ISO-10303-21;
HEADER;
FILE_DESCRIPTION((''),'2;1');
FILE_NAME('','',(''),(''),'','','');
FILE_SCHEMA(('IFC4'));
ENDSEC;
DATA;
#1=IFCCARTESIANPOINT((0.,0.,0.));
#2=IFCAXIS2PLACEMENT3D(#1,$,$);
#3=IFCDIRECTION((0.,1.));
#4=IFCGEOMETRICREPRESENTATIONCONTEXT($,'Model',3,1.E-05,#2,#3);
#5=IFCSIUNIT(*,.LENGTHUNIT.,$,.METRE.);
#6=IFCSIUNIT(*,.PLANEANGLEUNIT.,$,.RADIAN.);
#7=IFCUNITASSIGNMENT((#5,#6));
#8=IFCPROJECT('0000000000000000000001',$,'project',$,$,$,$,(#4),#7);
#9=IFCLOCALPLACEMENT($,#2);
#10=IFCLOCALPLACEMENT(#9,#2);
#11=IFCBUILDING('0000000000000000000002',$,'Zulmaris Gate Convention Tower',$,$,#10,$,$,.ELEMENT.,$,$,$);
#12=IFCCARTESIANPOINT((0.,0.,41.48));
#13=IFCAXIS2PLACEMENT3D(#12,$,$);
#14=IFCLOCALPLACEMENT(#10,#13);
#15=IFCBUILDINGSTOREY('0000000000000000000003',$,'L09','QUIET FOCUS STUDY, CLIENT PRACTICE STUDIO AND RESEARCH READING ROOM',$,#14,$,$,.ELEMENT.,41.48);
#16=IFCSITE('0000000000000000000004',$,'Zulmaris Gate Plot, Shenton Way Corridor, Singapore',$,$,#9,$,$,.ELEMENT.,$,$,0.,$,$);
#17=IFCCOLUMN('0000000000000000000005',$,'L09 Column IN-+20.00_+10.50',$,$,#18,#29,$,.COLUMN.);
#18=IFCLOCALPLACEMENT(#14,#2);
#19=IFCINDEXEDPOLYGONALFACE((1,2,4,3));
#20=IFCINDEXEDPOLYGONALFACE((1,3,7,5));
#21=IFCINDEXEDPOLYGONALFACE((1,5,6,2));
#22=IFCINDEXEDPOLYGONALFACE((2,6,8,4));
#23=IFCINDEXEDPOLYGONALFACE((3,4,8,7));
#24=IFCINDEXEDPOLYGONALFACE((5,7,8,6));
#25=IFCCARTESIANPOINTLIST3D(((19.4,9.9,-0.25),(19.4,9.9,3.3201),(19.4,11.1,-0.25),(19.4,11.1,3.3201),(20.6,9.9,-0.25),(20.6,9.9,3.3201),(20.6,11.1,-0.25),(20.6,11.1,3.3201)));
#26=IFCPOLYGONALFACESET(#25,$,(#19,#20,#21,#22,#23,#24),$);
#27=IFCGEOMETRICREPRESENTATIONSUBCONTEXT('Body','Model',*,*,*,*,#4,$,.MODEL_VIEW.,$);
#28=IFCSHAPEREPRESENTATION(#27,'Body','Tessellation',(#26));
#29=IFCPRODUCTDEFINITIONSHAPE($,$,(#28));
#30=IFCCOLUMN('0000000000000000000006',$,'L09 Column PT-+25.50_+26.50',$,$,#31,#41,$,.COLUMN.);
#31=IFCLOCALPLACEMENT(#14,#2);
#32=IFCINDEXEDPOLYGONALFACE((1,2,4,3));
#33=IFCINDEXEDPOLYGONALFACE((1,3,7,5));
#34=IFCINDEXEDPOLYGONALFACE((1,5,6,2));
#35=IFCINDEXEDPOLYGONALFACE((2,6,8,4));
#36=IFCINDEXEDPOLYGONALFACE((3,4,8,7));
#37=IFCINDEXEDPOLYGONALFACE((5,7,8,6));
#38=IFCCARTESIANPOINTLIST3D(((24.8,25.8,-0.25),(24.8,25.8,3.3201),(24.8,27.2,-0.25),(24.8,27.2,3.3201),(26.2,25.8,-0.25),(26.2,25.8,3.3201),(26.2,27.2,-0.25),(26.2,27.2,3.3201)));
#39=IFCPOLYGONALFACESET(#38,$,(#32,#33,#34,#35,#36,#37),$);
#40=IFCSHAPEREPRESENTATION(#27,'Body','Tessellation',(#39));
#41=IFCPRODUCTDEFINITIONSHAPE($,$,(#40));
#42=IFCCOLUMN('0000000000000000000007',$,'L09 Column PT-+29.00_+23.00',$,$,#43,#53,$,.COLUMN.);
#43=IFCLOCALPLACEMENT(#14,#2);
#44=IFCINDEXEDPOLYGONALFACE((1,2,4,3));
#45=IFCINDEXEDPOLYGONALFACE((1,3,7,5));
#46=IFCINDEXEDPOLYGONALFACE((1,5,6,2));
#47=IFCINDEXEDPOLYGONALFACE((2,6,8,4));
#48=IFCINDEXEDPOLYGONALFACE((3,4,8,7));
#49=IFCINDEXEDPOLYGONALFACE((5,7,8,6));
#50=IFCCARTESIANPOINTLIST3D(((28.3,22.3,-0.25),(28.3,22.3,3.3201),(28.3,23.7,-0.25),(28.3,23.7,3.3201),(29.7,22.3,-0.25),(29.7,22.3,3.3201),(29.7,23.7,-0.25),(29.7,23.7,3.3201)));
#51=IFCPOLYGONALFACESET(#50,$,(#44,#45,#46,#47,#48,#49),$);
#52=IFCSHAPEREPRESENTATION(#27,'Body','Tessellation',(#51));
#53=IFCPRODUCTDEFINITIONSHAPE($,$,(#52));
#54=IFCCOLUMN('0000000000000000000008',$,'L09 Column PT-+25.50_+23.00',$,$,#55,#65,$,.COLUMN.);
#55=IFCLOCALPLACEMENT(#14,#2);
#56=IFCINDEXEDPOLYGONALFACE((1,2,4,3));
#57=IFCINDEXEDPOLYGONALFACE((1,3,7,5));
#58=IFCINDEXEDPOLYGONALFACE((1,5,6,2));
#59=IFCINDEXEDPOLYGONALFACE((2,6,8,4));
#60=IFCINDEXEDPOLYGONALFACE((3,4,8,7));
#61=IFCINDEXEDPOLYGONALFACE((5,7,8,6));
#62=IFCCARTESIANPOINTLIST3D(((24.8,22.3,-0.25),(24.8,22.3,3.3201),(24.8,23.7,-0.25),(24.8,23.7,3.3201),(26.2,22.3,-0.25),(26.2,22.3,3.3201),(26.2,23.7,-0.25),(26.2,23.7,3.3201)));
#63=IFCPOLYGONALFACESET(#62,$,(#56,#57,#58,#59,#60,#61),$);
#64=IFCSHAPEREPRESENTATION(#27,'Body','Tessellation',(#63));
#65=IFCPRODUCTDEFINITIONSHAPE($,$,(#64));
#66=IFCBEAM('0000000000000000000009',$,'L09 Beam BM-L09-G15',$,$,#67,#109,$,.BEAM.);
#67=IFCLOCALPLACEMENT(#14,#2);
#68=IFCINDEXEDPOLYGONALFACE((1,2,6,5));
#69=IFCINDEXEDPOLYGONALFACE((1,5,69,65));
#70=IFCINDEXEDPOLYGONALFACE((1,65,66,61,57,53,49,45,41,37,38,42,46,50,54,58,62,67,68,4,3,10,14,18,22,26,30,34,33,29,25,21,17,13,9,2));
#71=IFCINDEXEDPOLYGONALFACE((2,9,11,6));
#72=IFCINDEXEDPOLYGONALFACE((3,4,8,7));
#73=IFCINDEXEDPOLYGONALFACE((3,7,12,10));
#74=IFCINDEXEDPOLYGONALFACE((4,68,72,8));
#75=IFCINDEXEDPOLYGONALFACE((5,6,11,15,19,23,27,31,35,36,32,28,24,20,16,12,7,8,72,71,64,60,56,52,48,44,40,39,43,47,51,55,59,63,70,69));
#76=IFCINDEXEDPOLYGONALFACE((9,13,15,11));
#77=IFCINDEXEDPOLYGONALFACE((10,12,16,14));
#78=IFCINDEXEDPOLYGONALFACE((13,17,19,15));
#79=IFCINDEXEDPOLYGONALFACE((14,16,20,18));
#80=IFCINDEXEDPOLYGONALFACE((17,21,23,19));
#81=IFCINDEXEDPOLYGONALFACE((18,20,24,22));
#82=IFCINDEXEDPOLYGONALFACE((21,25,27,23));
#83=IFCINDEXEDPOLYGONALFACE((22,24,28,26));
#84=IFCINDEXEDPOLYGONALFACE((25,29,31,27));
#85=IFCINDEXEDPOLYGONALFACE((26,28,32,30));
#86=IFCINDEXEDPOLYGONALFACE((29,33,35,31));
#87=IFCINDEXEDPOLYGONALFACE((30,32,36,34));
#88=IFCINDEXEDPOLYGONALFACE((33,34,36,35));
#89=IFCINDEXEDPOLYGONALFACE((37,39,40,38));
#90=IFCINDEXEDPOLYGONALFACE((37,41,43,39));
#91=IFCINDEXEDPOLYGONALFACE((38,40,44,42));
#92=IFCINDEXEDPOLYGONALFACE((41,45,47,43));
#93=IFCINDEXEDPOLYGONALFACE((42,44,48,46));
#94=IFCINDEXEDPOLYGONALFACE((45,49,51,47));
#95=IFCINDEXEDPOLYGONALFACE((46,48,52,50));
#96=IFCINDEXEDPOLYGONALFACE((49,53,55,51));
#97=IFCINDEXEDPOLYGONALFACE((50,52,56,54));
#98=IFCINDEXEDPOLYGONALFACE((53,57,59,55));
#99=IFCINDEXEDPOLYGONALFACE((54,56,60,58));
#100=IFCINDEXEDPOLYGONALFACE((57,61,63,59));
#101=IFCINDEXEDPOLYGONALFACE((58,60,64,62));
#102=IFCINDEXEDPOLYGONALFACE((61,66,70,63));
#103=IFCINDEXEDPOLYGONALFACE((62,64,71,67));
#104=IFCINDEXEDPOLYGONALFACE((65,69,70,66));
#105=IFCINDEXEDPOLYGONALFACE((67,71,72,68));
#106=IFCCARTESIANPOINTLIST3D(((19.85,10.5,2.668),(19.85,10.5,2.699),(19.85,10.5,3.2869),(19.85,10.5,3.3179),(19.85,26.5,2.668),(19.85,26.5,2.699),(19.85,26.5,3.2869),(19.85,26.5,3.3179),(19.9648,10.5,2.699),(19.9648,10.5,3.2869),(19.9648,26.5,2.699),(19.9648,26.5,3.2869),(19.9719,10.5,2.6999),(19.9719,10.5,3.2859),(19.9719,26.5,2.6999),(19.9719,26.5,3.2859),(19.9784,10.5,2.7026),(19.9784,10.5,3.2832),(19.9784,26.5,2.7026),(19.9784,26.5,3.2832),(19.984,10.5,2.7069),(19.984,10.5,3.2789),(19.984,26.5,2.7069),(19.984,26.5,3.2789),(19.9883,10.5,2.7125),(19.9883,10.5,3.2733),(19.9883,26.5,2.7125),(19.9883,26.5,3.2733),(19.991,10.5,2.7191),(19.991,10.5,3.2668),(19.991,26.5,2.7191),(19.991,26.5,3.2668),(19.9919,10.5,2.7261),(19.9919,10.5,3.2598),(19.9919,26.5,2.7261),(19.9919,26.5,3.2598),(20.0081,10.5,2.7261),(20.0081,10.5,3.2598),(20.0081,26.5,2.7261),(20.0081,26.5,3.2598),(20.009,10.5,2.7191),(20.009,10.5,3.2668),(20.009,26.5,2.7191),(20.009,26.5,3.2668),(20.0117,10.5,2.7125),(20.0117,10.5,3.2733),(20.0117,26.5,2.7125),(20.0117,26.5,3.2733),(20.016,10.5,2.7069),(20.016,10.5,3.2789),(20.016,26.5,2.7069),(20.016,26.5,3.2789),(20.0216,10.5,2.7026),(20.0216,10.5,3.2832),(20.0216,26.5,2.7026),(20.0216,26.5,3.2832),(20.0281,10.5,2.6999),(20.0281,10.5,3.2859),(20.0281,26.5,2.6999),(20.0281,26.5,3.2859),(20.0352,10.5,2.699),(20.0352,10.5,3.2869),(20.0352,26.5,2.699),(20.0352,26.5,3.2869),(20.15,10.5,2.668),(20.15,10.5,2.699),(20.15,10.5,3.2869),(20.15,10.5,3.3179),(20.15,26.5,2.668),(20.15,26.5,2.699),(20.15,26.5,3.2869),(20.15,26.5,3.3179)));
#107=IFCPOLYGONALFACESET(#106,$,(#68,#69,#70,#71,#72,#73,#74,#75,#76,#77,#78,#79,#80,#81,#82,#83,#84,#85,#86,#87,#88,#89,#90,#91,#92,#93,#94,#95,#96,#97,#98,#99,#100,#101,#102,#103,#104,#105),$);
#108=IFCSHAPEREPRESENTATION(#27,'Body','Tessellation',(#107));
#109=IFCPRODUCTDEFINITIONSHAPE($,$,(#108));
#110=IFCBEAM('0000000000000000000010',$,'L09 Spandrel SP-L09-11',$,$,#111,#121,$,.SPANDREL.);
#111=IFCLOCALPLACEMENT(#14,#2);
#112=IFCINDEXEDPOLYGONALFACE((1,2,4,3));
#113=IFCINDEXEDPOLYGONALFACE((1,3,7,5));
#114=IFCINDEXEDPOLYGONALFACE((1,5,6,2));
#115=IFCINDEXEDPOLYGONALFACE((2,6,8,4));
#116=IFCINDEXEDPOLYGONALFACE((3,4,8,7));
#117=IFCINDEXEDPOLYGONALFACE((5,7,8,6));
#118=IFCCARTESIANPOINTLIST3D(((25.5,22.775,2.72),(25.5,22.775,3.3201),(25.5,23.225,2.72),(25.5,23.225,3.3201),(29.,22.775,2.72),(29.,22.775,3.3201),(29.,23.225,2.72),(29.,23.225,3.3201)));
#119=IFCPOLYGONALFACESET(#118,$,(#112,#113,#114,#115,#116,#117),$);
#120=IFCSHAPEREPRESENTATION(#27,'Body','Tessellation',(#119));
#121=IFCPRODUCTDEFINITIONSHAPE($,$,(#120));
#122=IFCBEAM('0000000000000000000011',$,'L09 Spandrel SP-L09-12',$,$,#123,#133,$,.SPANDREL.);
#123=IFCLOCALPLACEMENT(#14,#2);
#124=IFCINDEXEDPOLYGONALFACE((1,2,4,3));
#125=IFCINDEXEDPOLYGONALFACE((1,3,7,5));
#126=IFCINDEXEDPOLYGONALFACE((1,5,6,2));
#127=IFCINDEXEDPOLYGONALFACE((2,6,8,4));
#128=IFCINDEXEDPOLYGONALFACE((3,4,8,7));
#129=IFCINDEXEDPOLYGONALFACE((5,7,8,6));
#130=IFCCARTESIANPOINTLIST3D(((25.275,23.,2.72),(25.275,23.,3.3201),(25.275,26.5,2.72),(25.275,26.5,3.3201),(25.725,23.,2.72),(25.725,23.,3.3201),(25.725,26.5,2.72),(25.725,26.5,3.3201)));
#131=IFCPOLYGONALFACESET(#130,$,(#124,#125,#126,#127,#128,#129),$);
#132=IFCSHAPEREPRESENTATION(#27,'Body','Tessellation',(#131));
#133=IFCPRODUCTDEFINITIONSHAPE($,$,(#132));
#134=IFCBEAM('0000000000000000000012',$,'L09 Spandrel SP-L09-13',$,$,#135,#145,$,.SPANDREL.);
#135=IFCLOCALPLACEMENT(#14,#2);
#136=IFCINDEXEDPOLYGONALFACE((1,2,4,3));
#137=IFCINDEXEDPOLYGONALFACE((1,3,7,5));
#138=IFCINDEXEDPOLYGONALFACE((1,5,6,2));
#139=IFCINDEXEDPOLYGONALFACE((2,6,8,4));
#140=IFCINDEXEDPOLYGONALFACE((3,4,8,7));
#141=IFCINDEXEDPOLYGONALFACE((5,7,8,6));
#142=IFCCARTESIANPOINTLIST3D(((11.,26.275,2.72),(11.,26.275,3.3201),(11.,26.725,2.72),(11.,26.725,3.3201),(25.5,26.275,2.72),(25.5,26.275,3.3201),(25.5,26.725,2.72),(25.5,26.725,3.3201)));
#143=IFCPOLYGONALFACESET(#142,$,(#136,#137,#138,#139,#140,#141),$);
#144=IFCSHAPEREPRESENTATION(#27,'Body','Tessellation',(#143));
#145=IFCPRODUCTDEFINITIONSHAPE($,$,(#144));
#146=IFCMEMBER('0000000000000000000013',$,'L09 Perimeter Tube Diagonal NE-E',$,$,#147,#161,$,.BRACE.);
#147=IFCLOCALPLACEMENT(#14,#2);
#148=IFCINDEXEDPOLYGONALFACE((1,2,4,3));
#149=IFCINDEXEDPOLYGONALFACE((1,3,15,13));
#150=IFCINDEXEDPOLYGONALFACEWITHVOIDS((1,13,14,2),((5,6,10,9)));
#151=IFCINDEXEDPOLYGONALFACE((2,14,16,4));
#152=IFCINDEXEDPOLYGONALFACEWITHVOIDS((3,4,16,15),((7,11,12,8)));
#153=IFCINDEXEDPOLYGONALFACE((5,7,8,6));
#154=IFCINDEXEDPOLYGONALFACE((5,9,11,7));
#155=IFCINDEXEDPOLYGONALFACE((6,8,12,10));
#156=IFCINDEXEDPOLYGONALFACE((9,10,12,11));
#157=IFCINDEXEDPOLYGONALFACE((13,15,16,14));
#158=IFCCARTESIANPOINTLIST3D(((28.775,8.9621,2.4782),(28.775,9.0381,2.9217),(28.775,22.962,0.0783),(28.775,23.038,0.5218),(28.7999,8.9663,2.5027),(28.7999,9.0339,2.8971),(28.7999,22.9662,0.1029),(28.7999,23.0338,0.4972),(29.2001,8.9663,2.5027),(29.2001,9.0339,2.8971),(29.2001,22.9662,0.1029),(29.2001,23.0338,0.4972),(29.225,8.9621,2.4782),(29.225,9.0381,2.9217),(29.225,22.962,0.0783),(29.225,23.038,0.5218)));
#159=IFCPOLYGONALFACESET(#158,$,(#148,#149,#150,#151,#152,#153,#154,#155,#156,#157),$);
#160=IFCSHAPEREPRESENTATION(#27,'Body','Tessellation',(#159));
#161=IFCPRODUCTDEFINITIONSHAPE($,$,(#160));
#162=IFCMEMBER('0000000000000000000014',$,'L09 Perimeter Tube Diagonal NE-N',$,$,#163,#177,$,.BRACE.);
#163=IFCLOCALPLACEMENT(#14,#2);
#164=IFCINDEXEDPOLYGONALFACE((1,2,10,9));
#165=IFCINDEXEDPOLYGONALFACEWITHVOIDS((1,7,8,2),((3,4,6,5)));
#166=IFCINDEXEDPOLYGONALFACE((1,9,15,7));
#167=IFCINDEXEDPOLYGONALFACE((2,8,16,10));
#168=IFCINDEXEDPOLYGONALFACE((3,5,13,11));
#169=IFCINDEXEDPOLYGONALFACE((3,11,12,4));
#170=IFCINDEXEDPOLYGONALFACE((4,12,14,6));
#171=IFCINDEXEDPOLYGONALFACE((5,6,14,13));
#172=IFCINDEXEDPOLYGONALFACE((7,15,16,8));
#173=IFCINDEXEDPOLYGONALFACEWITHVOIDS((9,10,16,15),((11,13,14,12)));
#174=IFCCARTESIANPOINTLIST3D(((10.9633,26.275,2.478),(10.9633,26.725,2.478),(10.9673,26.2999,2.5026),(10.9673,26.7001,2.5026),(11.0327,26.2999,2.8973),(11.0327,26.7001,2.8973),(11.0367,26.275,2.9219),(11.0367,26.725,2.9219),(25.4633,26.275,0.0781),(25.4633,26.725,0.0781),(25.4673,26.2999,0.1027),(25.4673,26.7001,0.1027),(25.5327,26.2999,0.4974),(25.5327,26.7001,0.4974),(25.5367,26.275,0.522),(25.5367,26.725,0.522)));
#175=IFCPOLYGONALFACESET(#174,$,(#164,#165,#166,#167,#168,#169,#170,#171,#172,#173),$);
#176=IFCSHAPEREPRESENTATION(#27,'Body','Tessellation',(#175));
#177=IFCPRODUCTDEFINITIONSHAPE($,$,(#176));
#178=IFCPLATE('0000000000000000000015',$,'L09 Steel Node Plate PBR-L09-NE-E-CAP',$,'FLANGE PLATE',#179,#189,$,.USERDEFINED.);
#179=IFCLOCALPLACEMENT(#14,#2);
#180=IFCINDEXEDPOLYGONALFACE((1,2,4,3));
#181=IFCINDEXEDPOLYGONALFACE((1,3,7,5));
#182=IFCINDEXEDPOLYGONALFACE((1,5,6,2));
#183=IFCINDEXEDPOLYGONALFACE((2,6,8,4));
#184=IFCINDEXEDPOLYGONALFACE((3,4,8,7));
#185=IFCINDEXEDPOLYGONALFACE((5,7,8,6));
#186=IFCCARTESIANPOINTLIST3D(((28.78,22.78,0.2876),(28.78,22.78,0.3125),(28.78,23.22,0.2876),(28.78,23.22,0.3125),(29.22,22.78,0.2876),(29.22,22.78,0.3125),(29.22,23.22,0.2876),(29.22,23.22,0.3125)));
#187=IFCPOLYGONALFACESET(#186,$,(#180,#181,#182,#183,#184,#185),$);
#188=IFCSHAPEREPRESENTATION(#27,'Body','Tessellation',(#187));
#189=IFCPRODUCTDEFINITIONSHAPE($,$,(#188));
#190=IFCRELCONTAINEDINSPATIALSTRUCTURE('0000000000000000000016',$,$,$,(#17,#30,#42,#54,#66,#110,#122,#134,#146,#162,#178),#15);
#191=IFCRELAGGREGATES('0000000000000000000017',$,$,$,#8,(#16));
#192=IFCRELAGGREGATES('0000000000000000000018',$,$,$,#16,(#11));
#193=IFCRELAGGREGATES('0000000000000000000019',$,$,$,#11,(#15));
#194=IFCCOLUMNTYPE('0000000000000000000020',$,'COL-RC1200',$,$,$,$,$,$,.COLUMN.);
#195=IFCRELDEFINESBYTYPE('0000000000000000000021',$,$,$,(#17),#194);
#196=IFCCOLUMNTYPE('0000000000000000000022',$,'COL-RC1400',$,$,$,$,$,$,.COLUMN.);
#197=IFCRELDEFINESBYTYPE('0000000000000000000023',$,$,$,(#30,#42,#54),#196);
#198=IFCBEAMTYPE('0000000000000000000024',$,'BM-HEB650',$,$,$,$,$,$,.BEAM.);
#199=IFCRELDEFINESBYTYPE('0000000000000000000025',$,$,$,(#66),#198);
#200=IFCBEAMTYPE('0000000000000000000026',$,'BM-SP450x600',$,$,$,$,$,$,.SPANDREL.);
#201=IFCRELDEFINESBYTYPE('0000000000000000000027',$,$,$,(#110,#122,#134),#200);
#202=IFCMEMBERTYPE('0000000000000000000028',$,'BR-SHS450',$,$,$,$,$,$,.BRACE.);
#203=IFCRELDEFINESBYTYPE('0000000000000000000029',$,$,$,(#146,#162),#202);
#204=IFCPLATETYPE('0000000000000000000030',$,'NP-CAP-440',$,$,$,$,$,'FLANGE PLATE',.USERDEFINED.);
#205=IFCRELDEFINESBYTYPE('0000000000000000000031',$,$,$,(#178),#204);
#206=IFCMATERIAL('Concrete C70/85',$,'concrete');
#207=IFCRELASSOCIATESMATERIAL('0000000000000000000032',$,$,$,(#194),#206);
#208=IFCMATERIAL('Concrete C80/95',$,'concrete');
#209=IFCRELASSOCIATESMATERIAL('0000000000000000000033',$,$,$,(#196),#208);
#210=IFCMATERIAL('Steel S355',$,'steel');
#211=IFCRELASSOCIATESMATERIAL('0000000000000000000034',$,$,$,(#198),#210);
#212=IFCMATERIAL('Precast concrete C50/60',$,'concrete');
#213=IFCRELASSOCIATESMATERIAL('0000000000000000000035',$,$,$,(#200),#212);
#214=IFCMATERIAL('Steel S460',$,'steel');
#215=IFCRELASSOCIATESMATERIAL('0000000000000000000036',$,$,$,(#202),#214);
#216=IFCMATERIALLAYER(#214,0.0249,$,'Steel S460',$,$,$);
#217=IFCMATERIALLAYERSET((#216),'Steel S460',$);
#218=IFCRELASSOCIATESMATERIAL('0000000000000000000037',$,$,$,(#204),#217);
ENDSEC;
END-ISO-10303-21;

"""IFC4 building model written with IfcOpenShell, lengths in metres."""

from ifc_helpers import new_model, si_unit, direction, frame, origin, origin_2d, place, context, subcontext, project, spatial, rectangle, hollow_rectangle, i_section, extrude, material, layer, layer_set, material_profile, profile_set, type_object, element, save


model = new_model("IFC4")

# Units and contexts
model_context = context("Model", 3, precision=1e-05, world=origin(), true_north=direction((0.0, 1.0)))
body_context = subcontext(model_context, "Body", "Model", "MODEL_VIEW")
ifc_project = project(units=[si_unit("LENGTHUNIT", "METRE"), si_unit("PLANEANGLEUNIT", "RADIAN")], contexts=[model_context])

# Site, building, storey
site_placement = place(None, origin())
site = spatial("IfcSite", under=ifc_project, at=site_placement, Name="Zulmaris Gate Plot, Shenton Way Corridor, Singapore", CompositionType="ELEMENT", RefElevation=0.0)
building_placement = place(site_placement, origin())
building = spatial("IfcBuilding", under=site, at=building_placement, Name="Zulmaris Gate Convention Tower", CompositionType="ELEMENT")
storey_placement = place(building_placement, frame((0.0, 0.0, 41.48)))
storey = spatial("IfcBuildingStorey", under=building, at=storey_placement, Name="L09", Description="QUIET FOCUS STUDY, CLIENT PRACTICE STUDIO AND RESEARCH READING ROOM", CompositionType="ELEMENT", Elevation=41.48)

# Columns
ifc_material_1 = material(Name="Concrete C70/85", Category="concrete")
ifc_material_profile_1 = material_profile(ifc_material_1, rectangle(XDim=1.2, YDim=1.2, at=origin_2d()), Name="RC COL 1200x1200")
ifc_profile_set_1 = profile_set([ifc_material_profile_1], Name="Concrete C70/85")
column_type_1 = type_object("IfcColumnType", Name="COL-RC1200", PredefinedType="COLUMN", material=ifc_profile_set_1)
column_placement = place(storey_placement, frame((20.0, 10.5, -0.25), z_axis=(0.0, 0.0, 1.0), x_axis=(1.0, 0.0, 0.0)))
element("IfcColumn", 1, at=column_placement, inside=storey, type_object=column_type_1, Name="L09 Column IN-+20.00_+10.50", PredefinedType="COLUMN", context=body_context, shape_type="SweptSolid", body=[
    extrude(rectangle(XDim=1.2, YDim=1.2, at=origin_2d()), origin(), (0.0, 0.0, 1.0), 3.5701),
])
ifc_material_2 = material(Name="Concrete C80/95", Category="concrete")
ifc_material_profile_2 = material_profile(ifc_material_2, rectangle(XDim=1.3999, YDim=1.3999, at=origin_2d()), Name="RC COL 1400x1400")
ifc_profile_set_2 = profile_set([ifc_material_profile_2], Name="Concrete C80/95")
column_type_2 = type_object("IfcColumnType", Name="COL-RC1400", PredefinedType="COLUMN", material=ifc_profile_set_2)
for number, where, z_axis, x_axis, name in (
    (2, (25.5, 26.5, -0.25), (0.0, 0.0, 1.0), (1.0, 0.0, 0.0), "L09 Column PT-+25.50_+26.50"),
    (3, (29.0, 23.0, -0.25), (0.0, 0.0, 1.0), (1.0, 0.0, 0.0), "L09 Column PT-+29.00_+23.00"),
    (4, (25.5, 23.0, -0.25), (0.0, 0.0, 1.0), (1.0, 0.0, 0.0), "L09 Column PT-+25.50_+23.00"),
):
    element("IfcColumn", number, at=place(storey_placement, frame(where, z_axis=z_axis, x_axis=x_axis)), inside=storey, type_object=column_type_2, Name=name, PredefinedType="COLUMN", context=body_context, shape_type="SweptSolid", body=[
        extrude(rectangle(XDim=1.3999, YDim=1.3999, at=origin_2d()), origin(), (0.0, 0.0, 1.0), 3.5701),
    ])

# Beams
ifc_material_3 = material(Name="Steel S355", Category="steel")
ifc_material_profile_3 = material_profile(ifc_material_3, i_section(OverallWidth=0.3, OverallDepth=0.6499, WebThickness=0.0161, FlangeThickness=0.031, FilletRadius=0.0271, at=origin_2d()), Name="HEB 650")
ifc_profile_set_3 = profile_set([ifc_material_profile_3], Name="Steel S355")
beam_type_1 = type_object("IfcBeamType", Name="BM-HEB650", PredefinedType="BEAM", material=ifc_profile_set_3)
beam_1_placement = place(storey_placement, frame((20.0, 10.5, 2.9929), z_axis=(0.0, 1.0, 0.0), x_axis=(-1.0, 0.0, 0.0)))
element("IfcBeam", 5, at=beam_1_placement, inside=storey, type_object=beam_type_1, Name="L09 Beam BM-L09-G15", PredefinedType="BEAM", context=body_context, shape_type="SweptSolid", body=[
    extrude(i_section(OverallWidth=0.3, OverallDepth=0.6499, WebThickness=0.0161, FlangeThickness=0.031, FilletRadius=0.0271, at=origin_2d()), origin(), (0.0, 0.0, 1.0), 16.0),
])
ifc_material_4 = material(Name="Precast concrete C50/60", Category="concrete")
ifc_material_profile_4 = material_profile(ifc_material_4, rectangle(XDim=0.45, YDim=0.6001, at=origin_2d()), Name="RC SPANDREL 450x600")
ifc_profile_set_4 = profile_set([ifc_material_profile_4], Name="Precast concrete C50/60")
beam_type_2 = type_object("IfcBeamType", Name="BM-SP450x600", PredefinedType="SPANDREL", material=ifc_profile_set_4)
for number, where, z_axis, x_axis, name in (
    (6, (29.0, 23.0, 3.02), (-1.0, 0.0, 0.0), (0.0, -1.0, 0.0), "L09 Spandrel SP-L09-11"),
    (7, (25.5, 23.0, 3.02), (0.0, 1.0, 0.0), (-1.0, 0.0, 0.0), "L09 Spandrel SP-L09-12"),
):
    element("IfcBeam", number, at=place(storey_placement, frame(where, z_axis=z_axis, x_axis=x_axis)), inside=storey, type_object=beam_type_2, Name=name, PredefinedType="SPANDREL", context=body_context, shape_type="SweptSolid", body=[
        extrude(rectangle(XDim=0.45, YDim=0.6001, at=origin_2d()), origin(), (0.0, 0.0, 1.0), 3.5),
    ])
beam_2_placement = place(storey_placement, frame((25.5, 26.5, 3.02), z_axis=(-1.0, 0.0, 0.0), x_axis=(0.0, -1.0, 0.0)))
element("IfcBeam", 8, at=beam_2_placement, inside=storey, type_object=beam_type_2, Name="L09 Spandrel SP-L09-13", PredefinedType="SPANDREL", context=body_context, shape_type="SweptSolid", body=[
    extrude(rectangle(XDim=0.45, YDim=0.6001, at=origin_2d()), origin(), (0.0, 0.0, 1.0), 14.5),
])

# Members
ifc_material_5 = material(Name="Steel S460", Category="steel")
ifc_material_profile_5 = material_profile(ifc_material_5, hollow_rectangle(XDim=0.45, YDim=0.45, WallThickness=0.0249, at=origin_2d()), Name="SHS 450x450x25")
ifc_profile_set_5 = profile_set([ifc_material_profile_5], Name="Steel S460")
member_type = type_object("IfcMemberType", Name="BR-SHS450", PredefinedType="BRACE", material=ifc_profile_set_5)
member_1_placement = place(storey_placement, frame((29.0, 23.0, 0.3), z_axis=(0.0, -0.985623, 0.168957), x_axis=(1.0, 0.0, 0.0)))
element("IfcMember", 9, at=member_1_placement, inside=storey, type_object=member_type, Name="L09 Perimeter Tube Diagonal NE-E", PredefinedType="BRACE", context=body_context, shape_type="SweptSolid", body=[
    extrude(hollow_rectangle(XDim=0.45, YDim=0.45, WallThickness=0.0249, at=origin_2d()), origin(), (0.0, 0.0, 1.0), 14.2041),
])
member_2_placement = place(storey_placement, frame((25.5, 26.5, 0.3), z_axis=(-0.986578, 0.0, 0.163289), x_axis=(0.0, -1.0, 0.0)))
element("IfcMember", 10, at=member_2_placement, inside=storey, type_object=member_type, Name="L09 Perimeter Tube Diagonal NE-N", PredefinedType="BRACE", context=body_context, shape_type="SweptSolid", body=[
    extrude(hollow_rectangle(XDim=0.45, YDim=0.45, WallThickness=0.0249, at=origin_2d()), origin(), (0.0, 0.0, 1.0), 14.6973),
])

# Plate
ifc_layer_1 = layer(ifc_material_5, 0.0249, Name="Steel S460")
ifc_layer_set_1 = layer_set([ifc_layer_1], Name="Steel S460")
plate_type = type_object("IfcPlateType", Name="NP-CAP-440", ElementType="FLANGE PLATE", PredefinedType="USERDEFINED", material=ifc_layer_set_1)
for number, where, z_axis, x_axis, name in (
    (11, (29.0, 23.0, 0.2876), (0.0, 0.0, 1.0), (1.0, 0.0, 0.0), "L09 Steel Node Plate PBR-L09-NE-E-CAP"),
):
    element("IfcPlate", number, at=place(storey_placement, frame(where, z_axis=z_axis, x_axis=x_axis)), inside=storey, type_object=plate_type, Name=name, ObjectType="FLANGE PLATE", PredefinedType="USERDEFINED", context=body_context, shape_type="SweptSolid", body=[
        extrude(rectangle(XDim=0.4399, YDim=0.4399, at=origin_2d()), origin(), (0.0, 0.0, 1.0), 0.0249),
    ])

save(model, "model.ifc")
